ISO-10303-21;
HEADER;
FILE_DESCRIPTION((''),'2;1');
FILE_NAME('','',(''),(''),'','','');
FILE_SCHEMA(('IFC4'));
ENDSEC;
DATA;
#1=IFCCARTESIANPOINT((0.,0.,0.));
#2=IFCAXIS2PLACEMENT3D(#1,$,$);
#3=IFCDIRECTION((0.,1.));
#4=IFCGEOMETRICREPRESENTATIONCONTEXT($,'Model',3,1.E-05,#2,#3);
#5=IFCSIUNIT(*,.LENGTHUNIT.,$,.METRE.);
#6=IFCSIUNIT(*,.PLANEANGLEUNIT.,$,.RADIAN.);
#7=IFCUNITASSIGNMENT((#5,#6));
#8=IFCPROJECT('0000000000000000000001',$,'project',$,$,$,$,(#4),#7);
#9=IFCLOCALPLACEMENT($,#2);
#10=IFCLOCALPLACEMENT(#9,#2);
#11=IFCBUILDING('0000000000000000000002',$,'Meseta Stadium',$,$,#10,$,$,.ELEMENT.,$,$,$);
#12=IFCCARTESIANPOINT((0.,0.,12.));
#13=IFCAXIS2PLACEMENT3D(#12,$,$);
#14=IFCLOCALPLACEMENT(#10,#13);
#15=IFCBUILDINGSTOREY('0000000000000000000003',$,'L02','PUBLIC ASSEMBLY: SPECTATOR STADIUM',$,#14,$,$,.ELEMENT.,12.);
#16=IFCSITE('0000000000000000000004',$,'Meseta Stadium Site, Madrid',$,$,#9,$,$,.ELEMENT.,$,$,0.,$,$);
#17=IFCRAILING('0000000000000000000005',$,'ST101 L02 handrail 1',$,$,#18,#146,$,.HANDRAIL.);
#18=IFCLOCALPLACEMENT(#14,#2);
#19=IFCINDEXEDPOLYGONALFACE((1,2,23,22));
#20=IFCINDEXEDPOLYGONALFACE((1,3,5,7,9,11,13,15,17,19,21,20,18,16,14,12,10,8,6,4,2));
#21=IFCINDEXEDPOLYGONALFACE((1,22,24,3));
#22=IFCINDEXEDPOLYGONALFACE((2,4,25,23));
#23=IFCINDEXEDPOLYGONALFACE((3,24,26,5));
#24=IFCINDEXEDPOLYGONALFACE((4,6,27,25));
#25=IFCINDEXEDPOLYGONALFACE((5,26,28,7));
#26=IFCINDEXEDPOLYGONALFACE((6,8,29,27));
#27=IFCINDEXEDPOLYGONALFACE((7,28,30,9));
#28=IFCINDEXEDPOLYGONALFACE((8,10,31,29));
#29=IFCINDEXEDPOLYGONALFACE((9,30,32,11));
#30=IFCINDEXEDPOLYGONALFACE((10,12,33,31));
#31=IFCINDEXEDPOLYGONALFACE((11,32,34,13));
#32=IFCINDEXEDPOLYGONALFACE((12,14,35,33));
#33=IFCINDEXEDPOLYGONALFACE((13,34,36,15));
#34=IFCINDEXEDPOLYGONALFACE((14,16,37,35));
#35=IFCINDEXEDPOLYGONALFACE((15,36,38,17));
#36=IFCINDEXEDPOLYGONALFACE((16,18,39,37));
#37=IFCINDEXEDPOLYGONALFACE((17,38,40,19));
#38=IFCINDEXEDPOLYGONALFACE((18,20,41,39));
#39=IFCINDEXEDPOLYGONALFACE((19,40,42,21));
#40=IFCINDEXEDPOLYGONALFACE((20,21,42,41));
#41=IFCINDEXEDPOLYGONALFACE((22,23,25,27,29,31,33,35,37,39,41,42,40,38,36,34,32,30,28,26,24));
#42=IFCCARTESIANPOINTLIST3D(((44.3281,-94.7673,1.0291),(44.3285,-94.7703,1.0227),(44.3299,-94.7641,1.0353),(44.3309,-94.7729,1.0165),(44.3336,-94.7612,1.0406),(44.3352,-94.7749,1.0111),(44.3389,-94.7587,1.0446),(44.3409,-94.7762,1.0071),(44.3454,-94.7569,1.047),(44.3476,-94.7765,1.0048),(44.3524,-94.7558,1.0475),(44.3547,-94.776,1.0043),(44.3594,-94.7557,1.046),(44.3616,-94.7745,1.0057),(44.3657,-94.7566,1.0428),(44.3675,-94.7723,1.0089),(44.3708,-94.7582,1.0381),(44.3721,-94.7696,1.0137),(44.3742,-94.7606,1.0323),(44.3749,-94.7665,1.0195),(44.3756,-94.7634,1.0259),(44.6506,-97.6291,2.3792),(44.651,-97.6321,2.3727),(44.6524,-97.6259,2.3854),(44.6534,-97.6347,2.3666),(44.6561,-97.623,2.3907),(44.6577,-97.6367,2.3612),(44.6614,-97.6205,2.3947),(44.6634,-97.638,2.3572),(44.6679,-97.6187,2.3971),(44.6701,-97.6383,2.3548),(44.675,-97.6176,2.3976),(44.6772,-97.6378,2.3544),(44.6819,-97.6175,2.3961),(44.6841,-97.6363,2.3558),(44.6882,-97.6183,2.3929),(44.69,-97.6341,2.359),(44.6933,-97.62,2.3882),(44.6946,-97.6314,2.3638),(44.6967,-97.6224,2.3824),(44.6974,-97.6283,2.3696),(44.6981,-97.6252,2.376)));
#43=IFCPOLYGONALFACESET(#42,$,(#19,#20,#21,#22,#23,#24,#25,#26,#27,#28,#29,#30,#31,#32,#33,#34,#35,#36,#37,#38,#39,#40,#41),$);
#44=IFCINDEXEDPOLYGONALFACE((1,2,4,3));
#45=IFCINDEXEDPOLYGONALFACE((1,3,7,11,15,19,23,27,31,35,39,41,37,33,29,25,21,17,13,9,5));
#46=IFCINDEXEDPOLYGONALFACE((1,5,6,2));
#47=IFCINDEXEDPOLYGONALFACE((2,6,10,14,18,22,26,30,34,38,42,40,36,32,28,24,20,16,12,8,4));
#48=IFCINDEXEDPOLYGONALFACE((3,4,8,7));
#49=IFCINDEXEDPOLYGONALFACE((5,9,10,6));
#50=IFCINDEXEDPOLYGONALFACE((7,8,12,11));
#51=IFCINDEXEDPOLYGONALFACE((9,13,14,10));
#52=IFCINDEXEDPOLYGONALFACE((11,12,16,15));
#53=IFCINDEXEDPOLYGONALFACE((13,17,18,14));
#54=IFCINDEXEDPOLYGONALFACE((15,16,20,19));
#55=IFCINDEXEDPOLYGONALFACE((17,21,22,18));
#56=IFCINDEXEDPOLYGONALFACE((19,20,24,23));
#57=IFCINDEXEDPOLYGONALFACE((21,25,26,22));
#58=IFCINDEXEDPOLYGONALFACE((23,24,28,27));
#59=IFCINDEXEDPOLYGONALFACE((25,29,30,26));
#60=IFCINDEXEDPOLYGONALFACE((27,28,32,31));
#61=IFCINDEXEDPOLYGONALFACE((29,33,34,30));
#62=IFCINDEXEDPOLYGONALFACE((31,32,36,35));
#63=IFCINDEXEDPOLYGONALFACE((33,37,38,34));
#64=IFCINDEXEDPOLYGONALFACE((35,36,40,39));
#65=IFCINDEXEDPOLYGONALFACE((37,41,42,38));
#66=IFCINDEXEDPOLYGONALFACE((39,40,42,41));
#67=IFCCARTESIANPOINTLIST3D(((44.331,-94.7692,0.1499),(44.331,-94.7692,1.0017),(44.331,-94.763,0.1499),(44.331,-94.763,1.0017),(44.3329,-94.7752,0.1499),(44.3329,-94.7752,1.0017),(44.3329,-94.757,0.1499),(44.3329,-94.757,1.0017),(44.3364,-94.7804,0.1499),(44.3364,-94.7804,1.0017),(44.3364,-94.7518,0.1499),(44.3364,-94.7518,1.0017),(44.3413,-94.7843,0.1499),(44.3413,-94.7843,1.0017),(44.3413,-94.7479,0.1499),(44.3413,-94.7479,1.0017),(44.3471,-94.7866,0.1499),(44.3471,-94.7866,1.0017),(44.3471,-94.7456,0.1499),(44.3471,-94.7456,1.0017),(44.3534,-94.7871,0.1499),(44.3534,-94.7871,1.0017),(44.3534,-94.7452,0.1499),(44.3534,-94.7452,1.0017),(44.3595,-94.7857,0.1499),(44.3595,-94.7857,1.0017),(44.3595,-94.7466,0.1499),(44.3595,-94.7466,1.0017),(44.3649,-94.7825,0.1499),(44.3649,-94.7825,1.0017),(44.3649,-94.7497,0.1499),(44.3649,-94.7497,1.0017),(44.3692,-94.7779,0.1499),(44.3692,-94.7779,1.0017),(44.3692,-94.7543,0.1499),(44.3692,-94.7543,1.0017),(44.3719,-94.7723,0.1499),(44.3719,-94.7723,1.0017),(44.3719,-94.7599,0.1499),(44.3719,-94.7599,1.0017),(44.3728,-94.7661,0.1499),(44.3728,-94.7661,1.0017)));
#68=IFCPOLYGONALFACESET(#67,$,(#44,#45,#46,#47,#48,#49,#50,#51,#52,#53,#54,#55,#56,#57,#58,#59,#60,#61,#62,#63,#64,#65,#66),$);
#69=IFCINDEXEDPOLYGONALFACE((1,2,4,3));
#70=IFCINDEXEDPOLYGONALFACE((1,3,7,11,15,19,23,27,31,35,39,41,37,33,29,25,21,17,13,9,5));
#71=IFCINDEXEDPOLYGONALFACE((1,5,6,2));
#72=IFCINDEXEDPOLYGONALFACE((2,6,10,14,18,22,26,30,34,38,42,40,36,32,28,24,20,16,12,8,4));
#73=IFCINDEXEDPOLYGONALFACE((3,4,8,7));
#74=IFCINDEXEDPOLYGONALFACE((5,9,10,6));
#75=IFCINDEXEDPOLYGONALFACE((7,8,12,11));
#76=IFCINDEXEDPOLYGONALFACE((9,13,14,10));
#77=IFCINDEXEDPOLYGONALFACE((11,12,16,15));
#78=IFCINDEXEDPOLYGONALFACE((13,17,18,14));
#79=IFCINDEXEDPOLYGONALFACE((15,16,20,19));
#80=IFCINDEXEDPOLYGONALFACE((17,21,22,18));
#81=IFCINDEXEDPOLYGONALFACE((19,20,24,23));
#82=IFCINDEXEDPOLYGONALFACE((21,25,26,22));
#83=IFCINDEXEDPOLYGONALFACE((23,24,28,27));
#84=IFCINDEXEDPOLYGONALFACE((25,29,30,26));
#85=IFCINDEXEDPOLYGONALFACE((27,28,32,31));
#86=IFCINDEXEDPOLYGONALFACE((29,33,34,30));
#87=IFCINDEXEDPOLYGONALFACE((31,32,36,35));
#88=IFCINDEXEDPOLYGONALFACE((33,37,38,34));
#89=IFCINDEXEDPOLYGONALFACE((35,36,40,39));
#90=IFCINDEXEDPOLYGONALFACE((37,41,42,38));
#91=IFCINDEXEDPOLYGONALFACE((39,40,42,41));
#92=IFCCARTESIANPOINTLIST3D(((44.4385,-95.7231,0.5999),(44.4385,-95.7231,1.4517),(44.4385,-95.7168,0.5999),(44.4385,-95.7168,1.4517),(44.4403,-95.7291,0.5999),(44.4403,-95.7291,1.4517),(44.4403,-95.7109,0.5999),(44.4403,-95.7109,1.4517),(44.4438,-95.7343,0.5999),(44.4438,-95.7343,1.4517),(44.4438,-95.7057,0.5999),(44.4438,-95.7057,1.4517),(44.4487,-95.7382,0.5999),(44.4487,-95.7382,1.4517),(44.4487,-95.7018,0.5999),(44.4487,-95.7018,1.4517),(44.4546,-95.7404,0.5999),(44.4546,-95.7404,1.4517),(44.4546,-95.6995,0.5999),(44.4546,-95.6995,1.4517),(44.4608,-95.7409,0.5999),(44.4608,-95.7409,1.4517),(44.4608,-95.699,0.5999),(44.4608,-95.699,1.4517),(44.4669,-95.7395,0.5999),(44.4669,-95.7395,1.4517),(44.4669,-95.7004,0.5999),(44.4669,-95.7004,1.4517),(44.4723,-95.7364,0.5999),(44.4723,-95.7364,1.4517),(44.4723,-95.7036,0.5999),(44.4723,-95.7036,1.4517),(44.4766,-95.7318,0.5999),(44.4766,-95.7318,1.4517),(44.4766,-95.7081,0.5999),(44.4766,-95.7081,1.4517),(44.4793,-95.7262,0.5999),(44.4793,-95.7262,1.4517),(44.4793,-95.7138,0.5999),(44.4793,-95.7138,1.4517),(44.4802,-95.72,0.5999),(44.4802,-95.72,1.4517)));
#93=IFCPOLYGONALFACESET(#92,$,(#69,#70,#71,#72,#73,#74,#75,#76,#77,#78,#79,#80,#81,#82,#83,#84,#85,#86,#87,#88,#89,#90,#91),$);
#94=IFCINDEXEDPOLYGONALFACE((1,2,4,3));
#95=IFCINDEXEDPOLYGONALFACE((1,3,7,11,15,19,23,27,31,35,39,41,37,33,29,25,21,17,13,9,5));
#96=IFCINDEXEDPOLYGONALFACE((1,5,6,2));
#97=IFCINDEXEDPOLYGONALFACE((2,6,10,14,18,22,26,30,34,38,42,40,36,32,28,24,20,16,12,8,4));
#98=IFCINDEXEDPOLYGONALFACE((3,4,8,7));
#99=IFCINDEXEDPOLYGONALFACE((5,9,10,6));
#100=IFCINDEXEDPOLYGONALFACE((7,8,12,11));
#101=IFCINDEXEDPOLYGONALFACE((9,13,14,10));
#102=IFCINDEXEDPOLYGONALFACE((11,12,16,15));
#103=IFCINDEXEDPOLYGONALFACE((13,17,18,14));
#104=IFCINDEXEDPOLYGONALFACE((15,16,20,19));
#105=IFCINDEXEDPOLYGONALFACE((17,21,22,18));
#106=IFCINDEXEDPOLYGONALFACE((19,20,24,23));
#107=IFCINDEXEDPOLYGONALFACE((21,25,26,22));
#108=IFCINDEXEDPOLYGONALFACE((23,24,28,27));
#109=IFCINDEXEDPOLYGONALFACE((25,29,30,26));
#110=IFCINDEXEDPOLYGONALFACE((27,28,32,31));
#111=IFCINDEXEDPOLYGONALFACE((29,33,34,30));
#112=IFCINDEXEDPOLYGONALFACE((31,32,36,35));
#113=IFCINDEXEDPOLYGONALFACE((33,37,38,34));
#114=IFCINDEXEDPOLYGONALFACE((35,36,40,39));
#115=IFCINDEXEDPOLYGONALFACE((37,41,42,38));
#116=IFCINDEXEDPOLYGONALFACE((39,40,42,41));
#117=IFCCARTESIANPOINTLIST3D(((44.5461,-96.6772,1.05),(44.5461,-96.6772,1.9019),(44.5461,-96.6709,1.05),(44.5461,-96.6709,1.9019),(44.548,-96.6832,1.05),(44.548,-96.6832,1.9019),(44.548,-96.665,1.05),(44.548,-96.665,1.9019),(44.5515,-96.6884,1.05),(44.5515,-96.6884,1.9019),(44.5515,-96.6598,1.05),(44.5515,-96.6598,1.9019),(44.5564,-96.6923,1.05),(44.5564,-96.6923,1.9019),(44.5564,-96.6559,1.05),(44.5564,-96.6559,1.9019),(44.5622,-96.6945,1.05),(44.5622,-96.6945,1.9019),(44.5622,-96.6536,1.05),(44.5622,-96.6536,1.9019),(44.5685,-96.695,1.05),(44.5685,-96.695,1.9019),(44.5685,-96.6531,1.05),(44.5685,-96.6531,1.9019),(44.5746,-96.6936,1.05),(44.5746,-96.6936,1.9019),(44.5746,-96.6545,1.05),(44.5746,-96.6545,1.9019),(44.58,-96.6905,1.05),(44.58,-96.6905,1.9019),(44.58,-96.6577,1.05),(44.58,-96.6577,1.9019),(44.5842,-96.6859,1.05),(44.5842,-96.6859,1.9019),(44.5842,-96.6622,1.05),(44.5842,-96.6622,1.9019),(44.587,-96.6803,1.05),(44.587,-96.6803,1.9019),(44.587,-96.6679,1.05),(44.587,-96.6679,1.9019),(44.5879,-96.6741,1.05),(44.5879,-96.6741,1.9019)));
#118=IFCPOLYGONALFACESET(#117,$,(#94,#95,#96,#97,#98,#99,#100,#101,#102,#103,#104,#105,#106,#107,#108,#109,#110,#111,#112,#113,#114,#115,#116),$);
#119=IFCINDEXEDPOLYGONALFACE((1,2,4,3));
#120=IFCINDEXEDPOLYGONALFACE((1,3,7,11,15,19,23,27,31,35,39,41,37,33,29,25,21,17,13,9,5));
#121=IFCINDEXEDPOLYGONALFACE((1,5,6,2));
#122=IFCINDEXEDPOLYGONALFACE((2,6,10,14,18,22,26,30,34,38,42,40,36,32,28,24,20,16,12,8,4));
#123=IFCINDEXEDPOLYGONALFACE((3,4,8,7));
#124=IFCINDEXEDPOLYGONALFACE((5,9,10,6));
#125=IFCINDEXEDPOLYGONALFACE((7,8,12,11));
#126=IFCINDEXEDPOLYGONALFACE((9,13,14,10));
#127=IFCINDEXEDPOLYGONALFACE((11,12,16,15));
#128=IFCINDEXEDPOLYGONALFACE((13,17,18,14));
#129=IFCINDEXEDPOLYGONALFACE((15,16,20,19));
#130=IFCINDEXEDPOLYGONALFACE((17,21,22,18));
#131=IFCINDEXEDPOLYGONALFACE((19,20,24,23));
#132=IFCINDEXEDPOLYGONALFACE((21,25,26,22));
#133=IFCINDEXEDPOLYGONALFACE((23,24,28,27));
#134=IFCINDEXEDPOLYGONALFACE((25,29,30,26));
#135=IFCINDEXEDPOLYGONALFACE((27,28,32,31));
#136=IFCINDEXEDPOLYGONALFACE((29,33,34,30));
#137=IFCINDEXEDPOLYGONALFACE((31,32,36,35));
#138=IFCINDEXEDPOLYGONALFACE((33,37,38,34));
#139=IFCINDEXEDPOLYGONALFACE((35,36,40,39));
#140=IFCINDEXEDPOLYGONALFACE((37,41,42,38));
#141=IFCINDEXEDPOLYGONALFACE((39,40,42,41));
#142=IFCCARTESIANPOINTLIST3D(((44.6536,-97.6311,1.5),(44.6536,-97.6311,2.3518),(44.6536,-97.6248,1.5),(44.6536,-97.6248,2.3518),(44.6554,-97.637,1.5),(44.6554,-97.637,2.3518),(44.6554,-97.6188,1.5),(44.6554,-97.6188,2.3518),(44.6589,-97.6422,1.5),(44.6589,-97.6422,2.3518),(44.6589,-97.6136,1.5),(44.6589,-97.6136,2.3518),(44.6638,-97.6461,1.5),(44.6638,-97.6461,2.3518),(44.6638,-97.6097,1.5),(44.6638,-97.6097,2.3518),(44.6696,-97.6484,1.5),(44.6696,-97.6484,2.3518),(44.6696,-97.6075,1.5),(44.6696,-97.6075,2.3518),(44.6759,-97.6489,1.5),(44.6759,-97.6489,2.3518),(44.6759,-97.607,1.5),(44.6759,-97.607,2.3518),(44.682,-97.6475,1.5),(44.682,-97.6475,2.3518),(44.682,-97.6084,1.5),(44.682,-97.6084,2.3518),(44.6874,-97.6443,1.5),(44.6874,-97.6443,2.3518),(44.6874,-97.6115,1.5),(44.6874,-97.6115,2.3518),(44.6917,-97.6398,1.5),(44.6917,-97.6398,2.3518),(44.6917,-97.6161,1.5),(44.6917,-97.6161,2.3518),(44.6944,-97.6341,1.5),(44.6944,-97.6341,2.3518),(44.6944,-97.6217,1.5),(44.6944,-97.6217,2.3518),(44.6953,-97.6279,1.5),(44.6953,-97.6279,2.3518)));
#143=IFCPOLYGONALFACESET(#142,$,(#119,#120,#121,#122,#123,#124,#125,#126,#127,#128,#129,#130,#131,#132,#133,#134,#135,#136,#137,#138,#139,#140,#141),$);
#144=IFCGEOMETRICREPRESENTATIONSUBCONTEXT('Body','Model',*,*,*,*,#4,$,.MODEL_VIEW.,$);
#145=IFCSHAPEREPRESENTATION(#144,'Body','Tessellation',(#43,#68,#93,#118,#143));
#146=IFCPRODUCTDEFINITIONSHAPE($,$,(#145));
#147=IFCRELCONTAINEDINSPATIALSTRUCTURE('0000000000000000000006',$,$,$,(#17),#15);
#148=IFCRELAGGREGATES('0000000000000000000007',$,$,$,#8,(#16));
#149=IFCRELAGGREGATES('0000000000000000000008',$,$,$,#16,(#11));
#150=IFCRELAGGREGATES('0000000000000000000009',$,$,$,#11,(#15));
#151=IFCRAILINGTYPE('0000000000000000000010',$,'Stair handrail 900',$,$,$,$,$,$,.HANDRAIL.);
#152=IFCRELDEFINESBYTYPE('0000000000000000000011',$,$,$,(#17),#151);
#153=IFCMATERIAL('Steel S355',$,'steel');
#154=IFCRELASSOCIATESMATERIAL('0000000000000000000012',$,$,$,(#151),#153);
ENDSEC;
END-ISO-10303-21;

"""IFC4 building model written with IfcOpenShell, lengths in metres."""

from ifc_helpers import new_model, si_unit, direction, frame, origin, origin_2d, place, context, subcontext, project, spatial, circle, extrude, material, type_object, element, save


model = new_model("IFC4")

# Units and contexts
model_context = context("Model", 3, precision=1e-05, world=origin(), true_north=direction((0.0, 1.0)))
body_context = subcontext(model_context, "Body", "Model", "MODEL_VIEW")
ifc_project = project(units=[si_unit("LENGTHUNIT", "METRE"), si_unit("PLANEANGLEUNIT", "RADIAN")], contexts=[model_context])

# Site, building, storey
site_placement = place(None, origin())
site = spatial("IfcSite", under=ifc_project, at=site_placement, Name="Meseta Stadium Site, Madrid", CompositionType="ELEMENT", RefElevation=0.0)
building_placement = place(site_placement, origin())
building = spatial("IfcBuilding", under=site, at=building_placement, Name="Meseta Stadium", CompositionType="ELEMENT")
storey_placement = place(building_placement, frame((0.0, 0.0, 12.0)))
storey = spatial("IfcBuildingStorey", under=building, at=storey_placement, Name="L02", Description="PUBLIC ASSEMBLY: SPECTATOR STADIUM", CompositionType="ELEMENT", Elevation=12.0)

# Railing
ifc_material_1 = material(Name="Steel S355", Category="steel")
railing_type_1 = type_object("IfcRailingType", Name="Stair handrail 900", PredefinedType="HANDRAIL", material=ifc_material_1)
for number, where, name in (
    (1, (44.3518, -94.7661, 0.1499), "ST101 L02 handrail 1"),
):
    element("IfcRailing", number, at=place(storey_placement, frame(where)), inside=storey, type_object=railing_type_1, Name=name, PredefinedType="HANDRAIL", context=body_context, shape_type="SweptSolid", body=[
        extrude(circle(Radius=0.0239, at=origin_2d()), frame((0.0, 0.0, 0.876), z_axis=(0.101396, -0.899748, 0.424467), x_axis=(0.99371, 0.111985, 0.0)), (0.0, 0.0, 1.0), 3.1807),
        extrude(circle(Radius=0.021, at=origin_2d()), origin(), (0.0, 0.0, 1.0), 0.8518),
        extrude(circle(Radius=0.021, at=origin_2d()), frame((0.1074, -0.9539, 0.45)), (0.0, 0.0, 1.0), 0.8518),
        extrude(circle(Radius=0.021, at=origin_2d()), frame((0.2151, -1.908, 0.9001)), (0.0, 0.0, 1.0), 0.8518),
        extrude(circle(Radius=0.021, at=origin_2d()), frame((0.3225, -2.8618, 1.3501)), (0.0, 0.0, 1.0), 0.8518),
    ])

save(model, "model.ifc")
